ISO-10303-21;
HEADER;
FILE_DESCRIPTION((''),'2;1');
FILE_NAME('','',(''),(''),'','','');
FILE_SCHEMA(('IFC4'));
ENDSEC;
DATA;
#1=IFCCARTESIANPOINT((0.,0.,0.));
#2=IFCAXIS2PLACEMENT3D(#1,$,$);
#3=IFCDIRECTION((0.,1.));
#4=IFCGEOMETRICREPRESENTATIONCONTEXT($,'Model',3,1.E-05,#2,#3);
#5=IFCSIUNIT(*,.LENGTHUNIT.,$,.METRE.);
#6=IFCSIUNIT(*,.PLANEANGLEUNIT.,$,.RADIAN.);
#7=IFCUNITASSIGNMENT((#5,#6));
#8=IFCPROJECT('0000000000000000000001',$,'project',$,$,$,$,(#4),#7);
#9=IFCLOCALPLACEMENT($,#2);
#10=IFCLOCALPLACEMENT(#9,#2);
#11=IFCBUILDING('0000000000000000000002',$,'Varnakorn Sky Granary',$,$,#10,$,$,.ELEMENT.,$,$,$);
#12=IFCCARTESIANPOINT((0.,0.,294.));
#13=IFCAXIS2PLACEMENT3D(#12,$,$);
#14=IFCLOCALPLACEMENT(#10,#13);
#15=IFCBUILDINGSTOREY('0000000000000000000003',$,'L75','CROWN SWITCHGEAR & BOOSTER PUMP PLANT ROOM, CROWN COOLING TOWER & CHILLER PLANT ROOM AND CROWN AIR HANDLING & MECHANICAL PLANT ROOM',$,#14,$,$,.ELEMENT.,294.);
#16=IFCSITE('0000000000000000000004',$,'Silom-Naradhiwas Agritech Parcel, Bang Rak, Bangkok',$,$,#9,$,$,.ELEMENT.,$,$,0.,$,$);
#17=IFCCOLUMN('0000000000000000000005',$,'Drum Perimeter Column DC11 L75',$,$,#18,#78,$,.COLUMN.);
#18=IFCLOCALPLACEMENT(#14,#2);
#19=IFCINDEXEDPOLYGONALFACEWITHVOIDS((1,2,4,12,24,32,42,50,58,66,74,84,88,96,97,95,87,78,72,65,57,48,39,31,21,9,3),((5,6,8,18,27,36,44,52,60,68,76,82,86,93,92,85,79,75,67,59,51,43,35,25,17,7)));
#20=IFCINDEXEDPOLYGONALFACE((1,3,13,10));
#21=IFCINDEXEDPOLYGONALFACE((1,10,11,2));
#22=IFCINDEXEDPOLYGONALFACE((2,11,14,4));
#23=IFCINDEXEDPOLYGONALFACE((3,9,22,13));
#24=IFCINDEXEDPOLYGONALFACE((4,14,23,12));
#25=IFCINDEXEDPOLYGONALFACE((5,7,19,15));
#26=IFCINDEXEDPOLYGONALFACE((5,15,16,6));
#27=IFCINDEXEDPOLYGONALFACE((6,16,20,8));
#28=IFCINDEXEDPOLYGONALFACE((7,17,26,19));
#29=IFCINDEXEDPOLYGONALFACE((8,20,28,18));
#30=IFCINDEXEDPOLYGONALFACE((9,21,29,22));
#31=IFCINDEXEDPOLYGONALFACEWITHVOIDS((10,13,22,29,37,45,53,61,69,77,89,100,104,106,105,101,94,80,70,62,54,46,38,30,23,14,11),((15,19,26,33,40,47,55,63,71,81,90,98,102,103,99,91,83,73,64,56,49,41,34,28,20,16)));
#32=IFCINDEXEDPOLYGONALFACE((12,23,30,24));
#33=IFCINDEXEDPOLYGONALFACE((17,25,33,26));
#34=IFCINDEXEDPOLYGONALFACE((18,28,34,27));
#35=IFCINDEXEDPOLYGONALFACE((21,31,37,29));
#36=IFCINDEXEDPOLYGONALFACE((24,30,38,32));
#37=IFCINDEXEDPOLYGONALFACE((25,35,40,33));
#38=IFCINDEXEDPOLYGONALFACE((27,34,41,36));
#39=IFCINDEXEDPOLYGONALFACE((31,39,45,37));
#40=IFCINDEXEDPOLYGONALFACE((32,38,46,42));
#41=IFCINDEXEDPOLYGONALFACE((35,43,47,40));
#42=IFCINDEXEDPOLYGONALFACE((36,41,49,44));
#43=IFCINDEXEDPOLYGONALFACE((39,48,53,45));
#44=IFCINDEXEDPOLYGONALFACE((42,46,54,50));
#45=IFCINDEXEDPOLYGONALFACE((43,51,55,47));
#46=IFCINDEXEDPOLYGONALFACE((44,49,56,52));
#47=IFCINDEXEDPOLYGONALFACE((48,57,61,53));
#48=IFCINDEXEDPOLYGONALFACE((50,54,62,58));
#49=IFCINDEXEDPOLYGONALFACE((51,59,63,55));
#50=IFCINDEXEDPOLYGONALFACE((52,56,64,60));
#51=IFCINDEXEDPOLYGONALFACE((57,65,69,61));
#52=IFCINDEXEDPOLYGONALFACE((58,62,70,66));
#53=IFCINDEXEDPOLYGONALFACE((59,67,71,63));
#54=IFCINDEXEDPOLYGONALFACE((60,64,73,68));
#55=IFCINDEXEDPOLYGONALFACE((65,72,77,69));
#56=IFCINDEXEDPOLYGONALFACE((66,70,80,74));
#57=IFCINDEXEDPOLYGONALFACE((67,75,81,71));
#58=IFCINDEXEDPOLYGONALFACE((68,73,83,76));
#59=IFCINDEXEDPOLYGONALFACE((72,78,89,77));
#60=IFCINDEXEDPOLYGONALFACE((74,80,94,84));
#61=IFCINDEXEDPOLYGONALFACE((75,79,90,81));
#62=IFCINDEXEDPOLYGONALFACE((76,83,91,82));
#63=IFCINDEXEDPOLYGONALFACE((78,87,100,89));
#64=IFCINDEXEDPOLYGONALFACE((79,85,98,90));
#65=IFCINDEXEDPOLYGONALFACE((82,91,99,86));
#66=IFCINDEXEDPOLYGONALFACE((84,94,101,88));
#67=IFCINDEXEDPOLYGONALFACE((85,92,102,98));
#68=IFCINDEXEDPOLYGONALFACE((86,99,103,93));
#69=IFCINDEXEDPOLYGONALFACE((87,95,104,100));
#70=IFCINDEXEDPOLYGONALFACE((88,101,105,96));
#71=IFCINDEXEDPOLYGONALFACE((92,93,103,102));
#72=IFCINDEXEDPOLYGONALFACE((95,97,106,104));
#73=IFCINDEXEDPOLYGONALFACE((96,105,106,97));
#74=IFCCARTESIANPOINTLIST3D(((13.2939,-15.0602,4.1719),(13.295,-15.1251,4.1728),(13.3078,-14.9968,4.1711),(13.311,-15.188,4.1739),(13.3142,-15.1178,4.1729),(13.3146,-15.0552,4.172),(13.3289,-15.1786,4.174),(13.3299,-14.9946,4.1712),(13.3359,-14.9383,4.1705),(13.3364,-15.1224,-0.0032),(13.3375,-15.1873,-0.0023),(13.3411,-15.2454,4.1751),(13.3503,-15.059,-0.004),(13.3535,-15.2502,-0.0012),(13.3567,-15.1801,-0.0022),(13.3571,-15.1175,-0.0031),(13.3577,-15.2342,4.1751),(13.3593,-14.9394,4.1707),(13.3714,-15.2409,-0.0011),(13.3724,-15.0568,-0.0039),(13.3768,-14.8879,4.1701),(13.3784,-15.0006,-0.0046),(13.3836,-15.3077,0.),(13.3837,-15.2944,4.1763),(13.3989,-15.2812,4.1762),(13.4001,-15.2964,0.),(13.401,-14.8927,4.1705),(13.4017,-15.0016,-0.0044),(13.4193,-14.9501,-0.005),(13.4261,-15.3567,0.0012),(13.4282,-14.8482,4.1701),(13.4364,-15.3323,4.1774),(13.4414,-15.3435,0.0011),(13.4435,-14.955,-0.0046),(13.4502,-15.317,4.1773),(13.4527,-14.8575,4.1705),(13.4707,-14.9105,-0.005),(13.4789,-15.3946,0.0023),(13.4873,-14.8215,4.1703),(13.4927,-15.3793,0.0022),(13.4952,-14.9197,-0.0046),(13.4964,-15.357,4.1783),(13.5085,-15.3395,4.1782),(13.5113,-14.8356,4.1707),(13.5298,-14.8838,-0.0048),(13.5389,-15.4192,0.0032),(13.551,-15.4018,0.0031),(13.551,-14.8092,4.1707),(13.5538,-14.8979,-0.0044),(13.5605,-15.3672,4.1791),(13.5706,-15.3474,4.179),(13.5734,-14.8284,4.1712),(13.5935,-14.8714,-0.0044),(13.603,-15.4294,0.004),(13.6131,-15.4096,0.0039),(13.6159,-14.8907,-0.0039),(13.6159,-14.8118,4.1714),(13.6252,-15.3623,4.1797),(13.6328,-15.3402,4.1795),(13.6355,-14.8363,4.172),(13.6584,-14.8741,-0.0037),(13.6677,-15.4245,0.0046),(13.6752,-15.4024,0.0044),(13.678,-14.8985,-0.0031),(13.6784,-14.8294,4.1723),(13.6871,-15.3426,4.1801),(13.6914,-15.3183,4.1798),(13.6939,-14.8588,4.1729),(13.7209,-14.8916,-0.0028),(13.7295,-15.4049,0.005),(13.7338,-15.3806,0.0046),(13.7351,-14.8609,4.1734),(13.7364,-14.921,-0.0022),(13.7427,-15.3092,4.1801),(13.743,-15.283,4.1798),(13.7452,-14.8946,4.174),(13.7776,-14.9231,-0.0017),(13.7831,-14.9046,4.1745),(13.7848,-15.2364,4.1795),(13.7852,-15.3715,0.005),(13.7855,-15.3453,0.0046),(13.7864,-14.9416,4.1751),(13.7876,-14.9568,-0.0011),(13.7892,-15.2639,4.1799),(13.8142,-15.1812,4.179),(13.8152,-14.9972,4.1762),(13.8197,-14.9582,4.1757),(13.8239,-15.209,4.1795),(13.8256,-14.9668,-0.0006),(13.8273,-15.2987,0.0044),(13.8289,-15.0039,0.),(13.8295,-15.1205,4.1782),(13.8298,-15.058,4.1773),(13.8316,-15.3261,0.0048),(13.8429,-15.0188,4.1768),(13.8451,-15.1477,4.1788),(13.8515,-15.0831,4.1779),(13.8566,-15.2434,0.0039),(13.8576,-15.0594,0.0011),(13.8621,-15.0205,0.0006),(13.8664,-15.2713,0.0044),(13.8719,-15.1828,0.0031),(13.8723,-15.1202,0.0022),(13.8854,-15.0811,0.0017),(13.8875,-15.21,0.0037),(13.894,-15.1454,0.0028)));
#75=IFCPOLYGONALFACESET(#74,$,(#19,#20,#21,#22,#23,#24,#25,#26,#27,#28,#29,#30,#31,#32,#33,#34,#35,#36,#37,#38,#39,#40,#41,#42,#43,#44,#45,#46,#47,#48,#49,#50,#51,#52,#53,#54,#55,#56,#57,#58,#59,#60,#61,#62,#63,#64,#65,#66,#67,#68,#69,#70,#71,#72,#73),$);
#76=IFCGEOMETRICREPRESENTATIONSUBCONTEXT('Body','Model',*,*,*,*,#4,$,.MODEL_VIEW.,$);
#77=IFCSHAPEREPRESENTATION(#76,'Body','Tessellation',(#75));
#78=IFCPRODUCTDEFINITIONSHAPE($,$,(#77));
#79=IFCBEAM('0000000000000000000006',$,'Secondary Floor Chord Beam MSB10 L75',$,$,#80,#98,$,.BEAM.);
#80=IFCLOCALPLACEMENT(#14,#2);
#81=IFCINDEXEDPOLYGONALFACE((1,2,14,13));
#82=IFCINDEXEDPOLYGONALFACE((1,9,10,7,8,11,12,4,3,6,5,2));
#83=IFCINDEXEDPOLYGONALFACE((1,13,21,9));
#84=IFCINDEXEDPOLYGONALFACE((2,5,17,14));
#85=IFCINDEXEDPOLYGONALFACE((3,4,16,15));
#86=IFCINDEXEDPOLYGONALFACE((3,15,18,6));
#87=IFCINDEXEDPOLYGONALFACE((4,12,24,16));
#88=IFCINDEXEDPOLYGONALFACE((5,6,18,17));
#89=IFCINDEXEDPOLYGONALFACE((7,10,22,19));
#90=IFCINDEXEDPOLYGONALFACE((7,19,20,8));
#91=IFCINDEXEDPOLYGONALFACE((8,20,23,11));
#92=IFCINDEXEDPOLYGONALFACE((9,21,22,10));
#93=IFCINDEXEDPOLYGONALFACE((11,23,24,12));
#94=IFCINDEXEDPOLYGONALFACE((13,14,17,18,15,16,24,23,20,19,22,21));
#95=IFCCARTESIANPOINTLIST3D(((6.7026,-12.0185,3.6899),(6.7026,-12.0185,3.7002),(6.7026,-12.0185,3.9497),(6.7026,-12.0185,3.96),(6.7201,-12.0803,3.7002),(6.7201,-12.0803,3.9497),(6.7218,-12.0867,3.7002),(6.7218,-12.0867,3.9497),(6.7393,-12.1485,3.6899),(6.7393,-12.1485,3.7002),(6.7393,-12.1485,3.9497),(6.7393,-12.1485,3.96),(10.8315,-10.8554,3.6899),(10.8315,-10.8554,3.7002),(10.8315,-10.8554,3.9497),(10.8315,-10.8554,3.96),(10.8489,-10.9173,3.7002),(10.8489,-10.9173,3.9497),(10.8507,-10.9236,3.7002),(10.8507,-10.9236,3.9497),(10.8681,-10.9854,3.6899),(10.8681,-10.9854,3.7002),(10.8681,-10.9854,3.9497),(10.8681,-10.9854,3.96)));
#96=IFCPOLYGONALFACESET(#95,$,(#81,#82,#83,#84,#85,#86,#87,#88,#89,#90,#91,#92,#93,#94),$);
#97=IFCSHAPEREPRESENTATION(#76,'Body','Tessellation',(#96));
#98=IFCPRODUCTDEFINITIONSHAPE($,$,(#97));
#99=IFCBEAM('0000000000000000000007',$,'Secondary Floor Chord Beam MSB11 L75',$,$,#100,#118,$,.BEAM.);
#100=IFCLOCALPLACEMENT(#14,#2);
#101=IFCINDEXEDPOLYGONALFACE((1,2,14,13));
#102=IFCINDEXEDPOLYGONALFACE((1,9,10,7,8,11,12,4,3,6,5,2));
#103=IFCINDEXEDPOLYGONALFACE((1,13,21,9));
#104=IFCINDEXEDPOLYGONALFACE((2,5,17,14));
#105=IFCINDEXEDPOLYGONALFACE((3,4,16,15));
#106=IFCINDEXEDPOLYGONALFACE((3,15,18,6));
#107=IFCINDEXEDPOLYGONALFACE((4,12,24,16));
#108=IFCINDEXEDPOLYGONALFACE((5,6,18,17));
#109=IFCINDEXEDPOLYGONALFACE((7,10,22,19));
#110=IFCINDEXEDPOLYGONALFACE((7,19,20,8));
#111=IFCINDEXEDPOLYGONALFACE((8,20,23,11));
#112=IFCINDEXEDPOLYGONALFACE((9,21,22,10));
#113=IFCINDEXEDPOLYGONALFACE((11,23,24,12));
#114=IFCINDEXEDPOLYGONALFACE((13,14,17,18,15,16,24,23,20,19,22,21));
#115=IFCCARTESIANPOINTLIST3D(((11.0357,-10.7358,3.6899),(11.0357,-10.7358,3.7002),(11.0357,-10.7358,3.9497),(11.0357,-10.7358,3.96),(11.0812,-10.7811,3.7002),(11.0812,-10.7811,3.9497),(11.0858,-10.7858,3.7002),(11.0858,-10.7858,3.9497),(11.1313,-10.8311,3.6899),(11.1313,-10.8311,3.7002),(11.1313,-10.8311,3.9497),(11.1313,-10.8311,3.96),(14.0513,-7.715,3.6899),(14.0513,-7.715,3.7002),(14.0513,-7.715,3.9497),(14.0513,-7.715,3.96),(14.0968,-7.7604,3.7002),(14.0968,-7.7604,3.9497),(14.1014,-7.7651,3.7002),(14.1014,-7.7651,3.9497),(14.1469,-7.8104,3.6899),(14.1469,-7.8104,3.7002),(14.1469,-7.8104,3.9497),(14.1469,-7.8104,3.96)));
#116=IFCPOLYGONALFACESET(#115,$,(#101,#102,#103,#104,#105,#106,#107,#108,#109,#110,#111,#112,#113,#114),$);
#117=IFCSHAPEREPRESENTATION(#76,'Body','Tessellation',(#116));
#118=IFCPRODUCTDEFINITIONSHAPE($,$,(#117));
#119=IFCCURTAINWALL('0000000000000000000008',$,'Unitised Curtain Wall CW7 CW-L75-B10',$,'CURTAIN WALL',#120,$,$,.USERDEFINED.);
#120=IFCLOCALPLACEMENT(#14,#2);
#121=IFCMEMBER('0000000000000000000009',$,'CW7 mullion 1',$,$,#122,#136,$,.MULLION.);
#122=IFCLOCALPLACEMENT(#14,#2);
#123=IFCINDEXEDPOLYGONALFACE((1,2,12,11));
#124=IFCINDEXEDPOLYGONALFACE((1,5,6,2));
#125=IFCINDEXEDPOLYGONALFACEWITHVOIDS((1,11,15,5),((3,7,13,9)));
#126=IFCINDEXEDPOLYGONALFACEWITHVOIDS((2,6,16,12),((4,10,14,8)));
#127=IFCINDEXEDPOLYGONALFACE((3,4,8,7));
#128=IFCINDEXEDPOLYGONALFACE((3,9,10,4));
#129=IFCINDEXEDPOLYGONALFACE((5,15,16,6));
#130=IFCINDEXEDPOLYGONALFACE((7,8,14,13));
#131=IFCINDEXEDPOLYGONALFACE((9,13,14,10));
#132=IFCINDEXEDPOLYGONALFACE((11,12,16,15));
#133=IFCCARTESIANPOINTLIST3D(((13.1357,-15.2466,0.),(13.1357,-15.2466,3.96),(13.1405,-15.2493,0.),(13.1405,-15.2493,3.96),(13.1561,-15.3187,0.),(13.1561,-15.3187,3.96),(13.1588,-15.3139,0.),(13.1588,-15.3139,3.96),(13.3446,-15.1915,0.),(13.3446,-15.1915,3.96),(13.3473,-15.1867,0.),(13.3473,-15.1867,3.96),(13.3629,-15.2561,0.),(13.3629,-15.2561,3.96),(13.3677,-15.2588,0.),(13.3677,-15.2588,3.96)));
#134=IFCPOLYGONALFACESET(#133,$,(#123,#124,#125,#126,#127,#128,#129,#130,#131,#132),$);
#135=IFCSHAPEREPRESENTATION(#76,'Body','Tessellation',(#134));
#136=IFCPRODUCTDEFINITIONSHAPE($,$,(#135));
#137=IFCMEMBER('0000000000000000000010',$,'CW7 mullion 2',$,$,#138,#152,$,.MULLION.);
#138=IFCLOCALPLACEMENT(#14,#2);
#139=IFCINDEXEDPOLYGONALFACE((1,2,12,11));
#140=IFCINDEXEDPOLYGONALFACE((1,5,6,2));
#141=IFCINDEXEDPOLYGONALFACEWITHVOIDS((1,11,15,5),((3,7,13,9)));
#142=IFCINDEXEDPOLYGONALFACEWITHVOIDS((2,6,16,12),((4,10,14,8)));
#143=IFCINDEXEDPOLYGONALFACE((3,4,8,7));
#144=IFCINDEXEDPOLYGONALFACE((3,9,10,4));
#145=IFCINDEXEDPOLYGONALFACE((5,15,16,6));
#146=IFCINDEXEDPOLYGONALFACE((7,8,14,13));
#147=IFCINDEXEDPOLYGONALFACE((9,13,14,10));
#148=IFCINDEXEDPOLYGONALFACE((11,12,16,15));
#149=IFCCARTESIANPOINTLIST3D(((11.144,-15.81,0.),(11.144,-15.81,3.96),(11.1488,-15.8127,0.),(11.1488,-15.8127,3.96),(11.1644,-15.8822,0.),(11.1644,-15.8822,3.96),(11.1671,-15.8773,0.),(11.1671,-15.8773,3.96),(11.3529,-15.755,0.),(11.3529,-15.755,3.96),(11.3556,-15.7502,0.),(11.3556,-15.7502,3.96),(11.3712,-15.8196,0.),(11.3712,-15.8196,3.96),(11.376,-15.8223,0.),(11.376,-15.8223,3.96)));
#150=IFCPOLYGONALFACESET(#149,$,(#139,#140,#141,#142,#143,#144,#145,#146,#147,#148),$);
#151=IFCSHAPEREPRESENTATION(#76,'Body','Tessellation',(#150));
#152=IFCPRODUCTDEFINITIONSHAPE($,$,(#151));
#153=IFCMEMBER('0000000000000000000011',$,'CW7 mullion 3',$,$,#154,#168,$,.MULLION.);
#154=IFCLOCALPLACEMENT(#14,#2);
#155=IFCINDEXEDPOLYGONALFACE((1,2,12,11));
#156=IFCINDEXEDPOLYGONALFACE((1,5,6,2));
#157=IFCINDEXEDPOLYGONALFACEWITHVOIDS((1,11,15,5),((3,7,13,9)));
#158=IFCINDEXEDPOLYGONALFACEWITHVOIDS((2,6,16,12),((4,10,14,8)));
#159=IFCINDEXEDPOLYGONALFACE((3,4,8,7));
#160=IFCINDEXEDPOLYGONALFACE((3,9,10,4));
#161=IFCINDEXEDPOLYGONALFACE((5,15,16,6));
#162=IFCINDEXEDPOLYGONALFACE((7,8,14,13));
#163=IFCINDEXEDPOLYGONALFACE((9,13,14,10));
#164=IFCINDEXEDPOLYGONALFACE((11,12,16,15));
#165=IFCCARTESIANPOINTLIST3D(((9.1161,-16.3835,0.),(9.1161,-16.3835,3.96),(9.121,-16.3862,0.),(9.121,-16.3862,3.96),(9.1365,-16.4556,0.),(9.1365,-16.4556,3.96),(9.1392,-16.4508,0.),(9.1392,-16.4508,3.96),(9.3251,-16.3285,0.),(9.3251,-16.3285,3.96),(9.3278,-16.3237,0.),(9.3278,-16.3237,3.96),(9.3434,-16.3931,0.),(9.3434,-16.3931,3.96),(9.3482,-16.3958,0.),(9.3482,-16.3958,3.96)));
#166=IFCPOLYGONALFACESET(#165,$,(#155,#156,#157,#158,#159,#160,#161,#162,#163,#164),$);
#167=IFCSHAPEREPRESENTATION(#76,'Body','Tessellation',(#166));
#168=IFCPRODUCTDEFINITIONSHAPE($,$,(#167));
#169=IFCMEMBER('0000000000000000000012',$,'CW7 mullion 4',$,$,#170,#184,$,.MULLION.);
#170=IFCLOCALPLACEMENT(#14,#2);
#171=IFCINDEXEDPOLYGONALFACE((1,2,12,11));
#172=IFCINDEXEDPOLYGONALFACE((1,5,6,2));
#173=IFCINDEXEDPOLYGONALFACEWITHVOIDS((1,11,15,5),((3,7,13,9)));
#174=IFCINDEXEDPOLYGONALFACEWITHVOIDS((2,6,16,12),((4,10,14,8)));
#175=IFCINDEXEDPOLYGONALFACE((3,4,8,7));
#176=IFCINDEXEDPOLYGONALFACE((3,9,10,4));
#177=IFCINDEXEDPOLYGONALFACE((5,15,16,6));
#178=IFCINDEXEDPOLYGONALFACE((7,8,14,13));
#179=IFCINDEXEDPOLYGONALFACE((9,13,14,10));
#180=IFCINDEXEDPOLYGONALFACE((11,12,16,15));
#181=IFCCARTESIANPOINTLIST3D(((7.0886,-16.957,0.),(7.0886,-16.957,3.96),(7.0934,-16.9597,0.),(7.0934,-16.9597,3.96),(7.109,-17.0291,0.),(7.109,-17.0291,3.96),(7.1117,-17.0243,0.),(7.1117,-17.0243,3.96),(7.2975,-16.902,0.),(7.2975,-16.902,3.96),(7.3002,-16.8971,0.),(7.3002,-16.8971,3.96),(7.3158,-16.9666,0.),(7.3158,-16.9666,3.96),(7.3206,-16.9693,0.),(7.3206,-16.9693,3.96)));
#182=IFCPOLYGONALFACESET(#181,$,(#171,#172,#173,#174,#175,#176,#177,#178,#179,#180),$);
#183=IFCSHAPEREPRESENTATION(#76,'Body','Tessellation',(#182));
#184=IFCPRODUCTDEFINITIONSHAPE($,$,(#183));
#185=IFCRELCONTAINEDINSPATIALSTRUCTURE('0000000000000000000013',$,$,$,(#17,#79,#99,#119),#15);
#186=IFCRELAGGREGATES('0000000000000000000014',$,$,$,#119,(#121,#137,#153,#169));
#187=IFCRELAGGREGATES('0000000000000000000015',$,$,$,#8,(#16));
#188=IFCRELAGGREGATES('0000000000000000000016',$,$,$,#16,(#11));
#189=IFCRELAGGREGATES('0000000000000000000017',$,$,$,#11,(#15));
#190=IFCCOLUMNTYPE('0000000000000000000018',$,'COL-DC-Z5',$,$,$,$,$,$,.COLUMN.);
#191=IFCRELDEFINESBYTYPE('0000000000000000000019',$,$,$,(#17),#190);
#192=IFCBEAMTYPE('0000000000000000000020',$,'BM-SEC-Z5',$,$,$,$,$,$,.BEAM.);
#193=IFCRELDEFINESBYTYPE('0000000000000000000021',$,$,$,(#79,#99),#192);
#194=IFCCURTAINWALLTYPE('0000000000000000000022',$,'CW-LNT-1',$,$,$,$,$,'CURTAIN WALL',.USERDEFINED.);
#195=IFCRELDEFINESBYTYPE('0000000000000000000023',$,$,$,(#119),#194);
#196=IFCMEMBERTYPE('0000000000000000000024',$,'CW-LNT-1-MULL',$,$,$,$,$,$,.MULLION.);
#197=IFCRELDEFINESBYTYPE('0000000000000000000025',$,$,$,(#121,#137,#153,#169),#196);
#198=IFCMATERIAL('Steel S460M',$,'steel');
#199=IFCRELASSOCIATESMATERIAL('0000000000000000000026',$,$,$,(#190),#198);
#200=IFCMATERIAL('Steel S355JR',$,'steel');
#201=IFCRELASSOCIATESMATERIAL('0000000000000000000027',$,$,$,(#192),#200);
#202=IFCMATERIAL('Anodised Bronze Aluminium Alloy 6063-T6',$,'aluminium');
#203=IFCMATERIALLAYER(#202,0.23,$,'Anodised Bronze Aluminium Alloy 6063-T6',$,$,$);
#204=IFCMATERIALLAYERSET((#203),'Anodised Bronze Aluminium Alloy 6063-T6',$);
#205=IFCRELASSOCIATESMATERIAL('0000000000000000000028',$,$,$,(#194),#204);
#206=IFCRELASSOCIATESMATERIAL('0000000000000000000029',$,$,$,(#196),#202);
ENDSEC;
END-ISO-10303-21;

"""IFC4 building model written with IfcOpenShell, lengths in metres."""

from ifc_helpers import new_model, si_unit, direction, frame, origin, origin_2d, place, context, subcontext, project, spatial, hollow_rectangle, hollow_circle, i_section, extrude, material, layer, layer_set, material_profile, profile_set, type_object, element, aggregate, save


model = new_model("IFC4")

# Units and contexts
model_context = context("Model", 3, precision=1e-05, world=origin(), true_north=direction((0.0, 1.0)))
body_context = subcontext(model_context, "Body", "Model", "MODEL_VIEW")
ifc_project = project(units=[si_unit("LENGTHUNIT", "METRE"), si_unit("PLANEANGLEUNIT", "RADIAN")], contexts=[model_context])

# Site, building, storey
site_placement = place(None, origin())
site = spatial("IfcSite", under=ifc_project, at=site_placement, Name="Silom-Naradhiwas Agritech Parcel, Bang Rak, Bangkok", CompositionType="ELEMENT", RefElevation=0.0)
building_placement = place(site_placement, origin())
building = spatial("IfcBuilding", under=site, at=building_placement, Name="Varnakorn Sky Granary", CompositionType="ELEMENT")
storey_placement = place(building_placement, frame((0.0, 0.0, 294.0)))
storey = spatial("IfcBuildingStorey", under=building, at=storey_placement, Name="L75", Description="CROWN SWITCHGEAR & BOOSTER PUMP PLANT ROOM, CROWN COOLING TOWER & CHILLER PLANT ROOM AND CROWN AIR HANDLING & MECHANICAL PLANT ROOM", CompositionType="ELEMENT", Elevation=294.0)

# Column
ifc_material_1 = material(Name="Steel S460M", Category="steel")
ifc_material_profile_1 = material_profile(ifc_material_1, hollow_circle(Radius=0.2795, WallThickness=0.02, at=origin_2d()), Name="CHS 559x20")
ifc_profile_set_1 = profile_set([ifc_material_profile_1], Name="Steel S460M")
column_type = type_object("IfcColumnType", Name="COL-DC-Z5", PredefinedType="COLUMN", material=ifc_profile_set_1)
column_placement = place(storey_placement, frame((13.6145, -15.1501, 0.0), z_axis=(-0.010173, 0.014909, 0.999837), x_axis=(-0.826022, -0.563638, 0.0)))
element("IfcColumn", 1, at=column_placement, inside=storey, type_object=column_type, Name="Drum Perimeter Column DC11 L75", PredefinedType="COLUMN", context=body_context, shape_type="SweptSolid", body=[
    extrude(hollow_circle(Radius=0.2795, WallThickness=0.02, at=origin_2d()), origin(), (0.0, 0.0, 1.0), 4.1758),
])

# Beams
ifc_material_2 = material(Name="Steel S355JR", Category="steel")
ifc_material_profile_2 = material_profile(ifc_material_2, i_section(OverallWidth=0.135, OverallDepth=0.27, WebThickness=0.0066, FlangeThickness=0.0103, at=origin_2d()), Name="IPE 270")
ifc_profile_set_2 = profile_set([ifc_material_profile_2], Name="Steel S355JR")
beam_type = type_object("IfcBeamType", Name="BM-SEC-Z5", PredefinedType="BEAM", material=ifc_profile_set_2)
beam_1_placement = place(storey_placement, frame((6.7209, -12.0835, 3.825), z_axis=(0.96254, 0.271141, 0.0), x_axis=(-0.271141, 0.96254, 0.0)))
element("IfcBeam", 2, at=beam_1_placement, inside=storey, type_object=beam_type, Name="Secondary Floor Chord Beam MSB10 L75", PredefinedType="BEAM", context=body_context, shape_type="SweptSolid", body=[
    extrude(i_section(OverallWidth=0.135, OverallDepth=0.27, WebThickness=0.0066, FlangeThickness=0.0103, at=origin_2d()), origin(), (0.0, 0.0, 1.0), 4.2896),
])
beam_2_placement = place(storey_placement, frame((11.0835, -10.7834, 3.825), z_axis=(0.706506, 0.707707, 0.0), x_axis=(-0.707707, 0.706506, 0.0)))
element("IfcBeam", 3, at=beam_2_placement, inside=storey, type_object=beam_type, Name="Secondary Floor Chord Beam MSB11 L75", PredefinedType="BEAM", context=body_context, shape_type="SweptSolid", body=[
    extrude(i_section(OverallWidth=0.135, OverallDepth=0.27, WebThickness=0.0066, FlangeThickness=0.0103, at=origin_2d()), origin(), (0.0, 0.0, 1.0), 4.2683),
])

# Curtain wall, members
ifc_material_3 = material(Name="Anodised Bronze Aluminium Alloy 6063-T6", Category="aluminium")
ifc_layer_1 = layer(ifc_material_3, 0.23, Name="Anodised Bronze Aluminium Alloy 6063-T6")
ifc_layer_set_1 = layer_set([ifc_layer_1], Name="Anodised Bronze Aluminium Alloy 6063-T6")
curtain_wall_type = type_object("IfcCurtainWallType", Name="CW-LNT-1", ElementType="CURTAIN WALL", PredefinedType="USERDEFINED", material=ifc_layer_set_1)
curtain_wall_placement = place(storey_placement, origin())
curtain_wall = element("IfcCurtainWall", 4, at=curtain_wall_placement, inside=storey, type_object=curtain_wall_type, Name="Unitised Curtain Wall CW7 CW-L75-B10", ObjectType="CURTAIN WALL", PredefinedType="USERDEFINED")
ifc_material_profile_3 = material_profile(ifc_material_3, hollow_rectangle(XDim=0.075, YDim=0.22, WallThickness=0.0039, at=origin_2d()), Name="ALU MULL 75x220")
ifc_profile_set_3 = profile_set([ifc_material_profile_3], Name="Anodised Bronze Aluminium Alloy 6063-T6")
member_type_1 = type_object("IfcMemberType", Name="CW-LNT-1-MULL", PredefinedType="MULLION", material=ifc_profile_set_3)
member_1_placement = place(storey_placement, frame((13.2517, -15.2527, 0.0), z_axis=(0.0, 0.0, 1.0), x_axis=(0.272147, -0.962256, 0.0)))
member_1 = element("IfcMember", 5, at=member_1_placement, type_object=member_type_1, Name="CW7 mullion 1", PredefinedType="MULLION", context=body_context, shape_type="SweptSolid", body=[
    extrude(hollow_rectangle(XDim=0.075, YDim=0.22, WallThickness=0.0039, at=origin_2d()), origin(), (0.0, 0.0, 1.0), 3.96),
])
member_2_placement = place(storey_placement, frame((11.26, -15.8162, 0.0), z_axis=(0.0, 0.0, 1.0), x_axis=(0.272147, -0.962256, 0.0)))
member_2 = element("IfcMember", 6, at=member_2_placement, type_object=member_type_1, Name="CW7 mullion 2", PredefinedType="MULLION", context=body_context, shape_type="SweptSolid", body=[
    extrude(hollow_rectangle(XDim=0.075, YDim=0.22, WallThickness=0.0039, at=origin_2d()), origin(), (0.0, 0.0, 1.0), 3.96),
])
member_3_placement = place(storey_placement, frame((9.2322, -16.3896, 0.0), z_axis=(0.0, 0.0, 1.0), x_axis=(0.272147, -0.962256, 0.0)))
member_3 = element("IfcMember", 7, at=member_3_placement, type_object=member_type_1, Name="CW7 mullion 3", PredefinedType="MULLION", context=body_context, shape_type="SweptSolid", body=[
    extrude(hollow_rectangle(XDim=0.075, YDim=0.22, WallThickness=0.0039, at=origin_2d()), origin(), (0.0, 0.0, 1.0), 3.96),
])
member_4_placement = place(storey_placement, frame((7.2046, -16.9631, 0.0), z_axis=(0.0, 0.0, 1.0), x_axis=(0.272147, -0.962256, 0.0)))
member_4 = element("IfcMember", 8, at=member_4_placement, type_object=member_type_1, Name="CW7 mullion 4", PredefinedType="MULLION", context=body_context, shape_type="SweptSolid", body=[
    extrude(hollow_rectangle(XDim=0.075, YDim=0.22, WallThickness=0.0039, at=origin_2d()), origin(), (0.0, 0.0, 1.0), 3.96),
])

aggregate(curtain_wall, [member_1, member_2, member_3, member_4])

save(model, "model.ifc")
